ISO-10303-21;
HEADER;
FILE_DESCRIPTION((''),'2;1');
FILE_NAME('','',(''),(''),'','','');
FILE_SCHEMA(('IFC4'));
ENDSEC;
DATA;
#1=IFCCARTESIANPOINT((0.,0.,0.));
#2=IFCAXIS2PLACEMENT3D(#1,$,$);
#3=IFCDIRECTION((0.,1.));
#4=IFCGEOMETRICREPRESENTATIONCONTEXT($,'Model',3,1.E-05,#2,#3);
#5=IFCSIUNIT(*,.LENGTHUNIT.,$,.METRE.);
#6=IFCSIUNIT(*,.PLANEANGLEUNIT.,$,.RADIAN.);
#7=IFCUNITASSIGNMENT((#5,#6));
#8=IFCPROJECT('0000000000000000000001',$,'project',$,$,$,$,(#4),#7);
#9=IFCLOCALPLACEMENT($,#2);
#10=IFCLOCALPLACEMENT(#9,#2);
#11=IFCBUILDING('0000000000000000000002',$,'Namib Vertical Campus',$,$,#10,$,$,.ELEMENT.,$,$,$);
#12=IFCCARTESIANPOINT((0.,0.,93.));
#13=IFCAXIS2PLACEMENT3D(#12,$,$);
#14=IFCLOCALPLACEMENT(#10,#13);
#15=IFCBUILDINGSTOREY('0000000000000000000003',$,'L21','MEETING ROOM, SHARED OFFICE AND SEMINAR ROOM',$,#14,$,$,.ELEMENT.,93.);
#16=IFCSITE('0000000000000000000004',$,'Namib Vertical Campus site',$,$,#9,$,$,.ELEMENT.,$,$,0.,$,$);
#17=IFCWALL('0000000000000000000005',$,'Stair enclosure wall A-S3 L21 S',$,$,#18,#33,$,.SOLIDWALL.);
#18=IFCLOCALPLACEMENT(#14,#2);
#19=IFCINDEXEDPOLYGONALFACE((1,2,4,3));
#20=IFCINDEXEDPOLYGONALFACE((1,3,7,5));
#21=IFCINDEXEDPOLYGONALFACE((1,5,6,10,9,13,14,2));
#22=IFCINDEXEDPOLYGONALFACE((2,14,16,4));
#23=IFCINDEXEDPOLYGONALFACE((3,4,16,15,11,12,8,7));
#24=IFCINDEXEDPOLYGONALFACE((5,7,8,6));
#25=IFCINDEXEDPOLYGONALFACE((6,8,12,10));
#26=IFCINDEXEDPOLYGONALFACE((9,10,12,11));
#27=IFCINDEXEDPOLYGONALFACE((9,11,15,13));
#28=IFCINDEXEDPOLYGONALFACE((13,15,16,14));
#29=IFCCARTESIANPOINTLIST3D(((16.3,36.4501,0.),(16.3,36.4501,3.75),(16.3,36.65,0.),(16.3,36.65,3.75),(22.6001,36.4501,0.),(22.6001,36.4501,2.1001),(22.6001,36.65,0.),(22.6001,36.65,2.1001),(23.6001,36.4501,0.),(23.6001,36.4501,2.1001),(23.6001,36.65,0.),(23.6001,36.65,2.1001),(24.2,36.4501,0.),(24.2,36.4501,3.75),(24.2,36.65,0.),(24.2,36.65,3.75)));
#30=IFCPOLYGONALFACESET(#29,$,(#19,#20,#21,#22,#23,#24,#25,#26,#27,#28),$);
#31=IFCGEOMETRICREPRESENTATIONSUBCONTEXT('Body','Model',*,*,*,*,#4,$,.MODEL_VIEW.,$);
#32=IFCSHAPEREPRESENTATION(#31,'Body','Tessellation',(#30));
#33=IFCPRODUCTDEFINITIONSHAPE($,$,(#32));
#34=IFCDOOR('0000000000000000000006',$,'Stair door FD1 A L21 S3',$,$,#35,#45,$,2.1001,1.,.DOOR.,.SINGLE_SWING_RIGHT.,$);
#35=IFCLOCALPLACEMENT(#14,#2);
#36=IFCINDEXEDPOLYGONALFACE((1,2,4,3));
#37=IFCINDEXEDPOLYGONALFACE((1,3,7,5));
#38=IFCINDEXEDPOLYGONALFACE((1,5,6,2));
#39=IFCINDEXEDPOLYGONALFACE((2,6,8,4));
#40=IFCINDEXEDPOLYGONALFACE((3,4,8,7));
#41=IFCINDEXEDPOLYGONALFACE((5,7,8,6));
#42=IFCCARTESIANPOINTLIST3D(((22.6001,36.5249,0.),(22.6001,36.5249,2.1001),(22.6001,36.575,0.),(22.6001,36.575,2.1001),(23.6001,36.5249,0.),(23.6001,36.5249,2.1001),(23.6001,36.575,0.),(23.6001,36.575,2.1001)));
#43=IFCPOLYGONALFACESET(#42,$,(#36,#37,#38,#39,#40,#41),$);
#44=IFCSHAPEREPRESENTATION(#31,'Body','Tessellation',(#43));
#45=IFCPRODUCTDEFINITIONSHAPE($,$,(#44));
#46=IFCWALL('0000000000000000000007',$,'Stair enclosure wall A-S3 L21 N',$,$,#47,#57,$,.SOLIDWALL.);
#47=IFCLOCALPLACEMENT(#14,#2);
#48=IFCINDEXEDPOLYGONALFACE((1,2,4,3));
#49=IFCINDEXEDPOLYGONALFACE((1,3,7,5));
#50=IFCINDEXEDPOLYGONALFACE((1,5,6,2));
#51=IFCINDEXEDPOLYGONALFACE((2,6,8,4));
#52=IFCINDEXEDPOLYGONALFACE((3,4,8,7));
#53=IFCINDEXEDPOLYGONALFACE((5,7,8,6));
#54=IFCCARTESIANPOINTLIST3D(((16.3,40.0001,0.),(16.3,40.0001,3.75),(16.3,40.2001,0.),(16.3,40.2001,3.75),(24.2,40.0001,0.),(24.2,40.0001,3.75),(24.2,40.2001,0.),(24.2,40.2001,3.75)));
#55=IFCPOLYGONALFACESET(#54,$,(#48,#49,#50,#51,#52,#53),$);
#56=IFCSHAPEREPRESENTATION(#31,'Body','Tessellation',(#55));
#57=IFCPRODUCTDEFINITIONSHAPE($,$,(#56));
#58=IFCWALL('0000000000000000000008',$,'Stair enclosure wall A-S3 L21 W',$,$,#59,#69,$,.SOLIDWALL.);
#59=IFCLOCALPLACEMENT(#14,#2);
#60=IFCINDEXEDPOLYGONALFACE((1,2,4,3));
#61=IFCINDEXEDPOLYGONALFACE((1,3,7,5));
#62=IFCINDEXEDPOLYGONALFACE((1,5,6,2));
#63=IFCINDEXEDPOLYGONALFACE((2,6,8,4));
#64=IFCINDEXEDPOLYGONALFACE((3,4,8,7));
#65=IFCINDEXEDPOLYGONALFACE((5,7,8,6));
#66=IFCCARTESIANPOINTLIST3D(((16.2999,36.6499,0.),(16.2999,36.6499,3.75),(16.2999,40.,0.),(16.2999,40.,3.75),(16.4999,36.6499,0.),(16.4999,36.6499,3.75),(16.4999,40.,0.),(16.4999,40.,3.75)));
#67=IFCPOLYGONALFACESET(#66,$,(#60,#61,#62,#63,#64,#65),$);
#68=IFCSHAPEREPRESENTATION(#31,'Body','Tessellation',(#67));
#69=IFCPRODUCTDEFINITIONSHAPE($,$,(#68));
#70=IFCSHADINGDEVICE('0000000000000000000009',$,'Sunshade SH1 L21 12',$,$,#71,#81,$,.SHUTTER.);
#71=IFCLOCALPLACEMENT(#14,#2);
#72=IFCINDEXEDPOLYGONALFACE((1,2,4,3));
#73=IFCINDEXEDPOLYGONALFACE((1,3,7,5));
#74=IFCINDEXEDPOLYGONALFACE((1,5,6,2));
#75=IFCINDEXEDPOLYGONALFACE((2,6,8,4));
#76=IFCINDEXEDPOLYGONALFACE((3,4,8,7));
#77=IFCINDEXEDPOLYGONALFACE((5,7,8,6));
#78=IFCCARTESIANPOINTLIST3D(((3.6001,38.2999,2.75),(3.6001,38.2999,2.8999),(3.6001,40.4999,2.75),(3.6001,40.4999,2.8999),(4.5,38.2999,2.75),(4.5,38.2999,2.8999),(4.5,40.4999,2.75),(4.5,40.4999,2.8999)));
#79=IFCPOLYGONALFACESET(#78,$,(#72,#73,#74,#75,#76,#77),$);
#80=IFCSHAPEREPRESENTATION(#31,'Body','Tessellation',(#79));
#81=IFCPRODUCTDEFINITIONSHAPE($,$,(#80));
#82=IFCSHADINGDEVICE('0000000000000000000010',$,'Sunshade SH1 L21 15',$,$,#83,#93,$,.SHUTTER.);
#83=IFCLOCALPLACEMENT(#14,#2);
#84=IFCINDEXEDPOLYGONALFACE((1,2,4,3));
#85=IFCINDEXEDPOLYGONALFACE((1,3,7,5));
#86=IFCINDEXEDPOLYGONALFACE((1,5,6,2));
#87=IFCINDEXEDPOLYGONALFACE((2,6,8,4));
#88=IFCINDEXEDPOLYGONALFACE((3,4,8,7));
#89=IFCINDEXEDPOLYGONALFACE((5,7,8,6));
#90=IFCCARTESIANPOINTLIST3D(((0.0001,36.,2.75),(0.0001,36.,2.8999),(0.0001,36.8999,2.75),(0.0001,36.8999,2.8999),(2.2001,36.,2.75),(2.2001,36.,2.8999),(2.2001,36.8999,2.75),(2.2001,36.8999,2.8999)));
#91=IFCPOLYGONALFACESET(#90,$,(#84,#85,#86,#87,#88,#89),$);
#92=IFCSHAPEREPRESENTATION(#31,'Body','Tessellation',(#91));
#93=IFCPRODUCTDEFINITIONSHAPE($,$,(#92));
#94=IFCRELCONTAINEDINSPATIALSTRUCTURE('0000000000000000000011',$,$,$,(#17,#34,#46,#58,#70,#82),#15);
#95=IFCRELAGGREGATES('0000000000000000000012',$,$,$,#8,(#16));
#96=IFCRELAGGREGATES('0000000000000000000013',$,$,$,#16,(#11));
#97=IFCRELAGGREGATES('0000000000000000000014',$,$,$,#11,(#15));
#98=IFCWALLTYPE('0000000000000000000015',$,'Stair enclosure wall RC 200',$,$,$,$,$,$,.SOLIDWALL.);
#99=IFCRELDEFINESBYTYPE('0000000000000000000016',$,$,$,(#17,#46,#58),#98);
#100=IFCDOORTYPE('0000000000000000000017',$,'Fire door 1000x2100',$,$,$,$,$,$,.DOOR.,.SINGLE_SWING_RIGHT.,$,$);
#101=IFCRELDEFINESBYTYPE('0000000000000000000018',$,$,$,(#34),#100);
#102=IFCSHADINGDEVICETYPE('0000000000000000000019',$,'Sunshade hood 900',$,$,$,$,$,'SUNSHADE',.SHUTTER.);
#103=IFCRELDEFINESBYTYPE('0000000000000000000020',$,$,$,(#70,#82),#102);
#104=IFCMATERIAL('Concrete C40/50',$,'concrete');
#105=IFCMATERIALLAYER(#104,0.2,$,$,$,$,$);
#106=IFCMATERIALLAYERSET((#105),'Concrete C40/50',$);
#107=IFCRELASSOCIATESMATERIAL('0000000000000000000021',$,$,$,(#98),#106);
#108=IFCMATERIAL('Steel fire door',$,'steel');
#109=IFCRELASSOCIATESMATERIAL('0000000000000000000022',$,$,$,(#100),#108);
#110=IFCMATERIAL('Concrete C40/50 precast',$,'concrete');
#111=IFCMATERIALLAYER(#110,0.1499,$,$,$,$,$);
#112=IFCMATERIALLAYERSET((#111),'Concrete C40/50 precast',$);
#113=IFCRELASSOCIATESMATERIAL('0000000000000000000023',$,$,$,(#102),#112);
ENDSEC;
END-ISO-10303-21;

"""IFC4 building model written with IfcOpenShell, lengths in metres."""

from ifc_helpers import new_model, si_unit, direction, frame, frame_2d, origin, origin_2d, place, context, subcontext, project, spatial, rectangle, extrude, material, layer, layer_set, type_object, element, fill, save


model = new_model("IFC4")

# Units and contexts
model_context = context("Model", 3, precision=1e-05, world=origin(), true_north=direction((0.0, 1.0)))
body_context = subcontext(model_context, "Body", "Model", "MODEL_VIEW")
ifc_project = project(units=[si_unit("LENGTHUNIT", "METRE"), si_unit("PLANEANGLEUNIT", "RADIAN")], contexts=[model_context])

# Site, building, storey
site_placement = place(None, origin())
site = spatial("IfcSite", under=ifc_project, at=site_placement, Name="Namib Vertical Campus site", CompositionType="ELEMENT", RefElevation=0.0)
building_placement = place(site_placement, origin())
building = spatial("IfcBuilding", under=site, at=building_placement, Name="Namib Vertical Campus", CompositionType="ELEMENT")
storey_placement = place(building_placement, frame((0.0, 0.0, 93.0)))
storey = spatial("IfcBuildingStorey", under=building, at=storey_placement, Name="L21", Description="MEETING ROOM, SHARED OFFICE AND SEMINAR ROOM", CompositionType="ELEMENT", Elevation=93.0)

# Wall, opening, door
ifc_material_1 = material(Name="Concrete C40/50", Category="concrete")
ifc_layer_1 = layer(ifc_material_1, 0.2)
ifc_layer_set_1 = layer_set([ifc_layer_1], Name="Concrete C40/50")
wall_type_1 = type_object("IfcWallType", Name="Stair enclosure wall RC 200", PredefinedType="SOLIDWALL", material=ifc_layer_set_1)
wall_1_placement = place(storey_placement, frame((16.3, 36.55, 0.0), z_axis=(0.0, 0.0, 1.0), x_axis=(1.0, 0.0, 0.0)))
wall_1 = element("IfcWall", 1, at=wall_1_placement, inside=storey, type_object=wall_type_1, Name="Stair enclosure wall A-S3 L21 S", PredefinedType="SOLIDWALL", context=body_context, shape_type="SweptSolid", body=[
    extrude(rectangle(XDim=7.8999, YDim=0.2, at=frame_2d((3.95, 0.0))), origin(), (0.0, 0.0, 1.0), 3.75),
])
opening_1_placement = place(wall_1_placement, frame((6.3, 0.0, 0.0)))
opening_1 = element("IfcOpeningElement", 2, at=opening_1_placement, cuts=wall_1, PredefinedType="OPENING", context=body_context, shape_type="SweptSolid", body=[
    extrude(rectangle(XDim=1.0, YDim=2.1001, at=frame_2d((0.5, 1.05))), frame((0.0, 0.1099, 0.0), z_axis=(0.0, -1.0, 0.0), x_axis=(1.0, 0.0, 0.0)), (0.0, 0.0, 1.0), 0.22),
])
ifc_material_2 = material(Name="Steel fire door", Category="steel")
door_type = type_object("IfcDoorType", Name="Fire door 1000x2100", OperationType="SINGLE_SWING_RIGHT", PredefinedType="DOOR", material=ifc_material_2)
door_placement = place(opening_1_placement, origin())
door = element("IfcDoor", 3, at=door_placement, inside=storey, type_object=door_type, Name="Stair door FD1 A L21 S3", OperationType="SINGLE_SWING_RIGHT", OverallHeight=2.1001, OverallWidth=1.0, PredefinedType="DOOR", context=body_context, shape_type="SweptSolid", body=[
    extrude(rectangle(XDim=1.0, YDim=2.1001, at=frame_2d((0.5, 1.05))), frame((0.0, 0.0249, 0.0), z_axis=(0.0, -1.0, 0.0), x_axis=(1.0, 0.0, 0.0)), (0.0, 0.0, 1.0), 0.05),
])
fill(opening_1, door)

# Walls
wall_2_placement = place(storey_placement, frame((16.3, 40.1001, 0.0), z_axis=(0.0, 0.0, 1.0), x_axis=(1.0, 0.0, 0.0)))
element("IfcWall", 4, at=wall_2_placement, inside=storey, type_object=wall_type_1, Name="Stair enclosure wall A-S3 L21 N", PredefinedType="SOLIDWALL", context=body_context, shape_type="SweptSolid", body=[
    extrude(rectangle(XDim=7.8999, YDim=0.2, at=frame_2d((3.95, 0.0))), origin(), (0.0, 0.0, 1.0), 3.75),
])
wall_3_placement = place(storey_placement, frame((16.3999, 36.6499, 0.0), z_axis=(0.0, 0.0, 1.0), x_axis=(0.0, 1.0, 0.0)))
element("IfcWall", 5, at=wall_3_placement, inside=storey, type_object=wall_type_1, Name="Stair enclosure wall A-S3 L21 W", PredefinedType="SOLIDWALL", context=body_context, shape_type="SweptSolid", body=[
    extrude(rectangle(XDim=3.3501, YDim=0.2, at=frame_2d((1.675, 0.0))), origin(), (0.0, 0.0, 1.0), 3.75),
])

# Shading devices
ifc_material_3 = material(Name="Concrete C40/50 precast", Category="concrete")
ifc_layer_2 = layer(ifc_material_3, 0.1499)
ifc_layer_set_2 = layer_set([ifc_layer_2], Name="Concrete C40/50 precast")
shading_device_type = type_object("IfcShadingDeviceType", Name="Sunshade hood 900", ElementType="SUNSHADE", PredefinedType="SHUTTER", material=ifc_layer_set_2)
for number, where, z_axis, x_axis, name in (
    (6, (4.05, 39.3999, 2.75), (0.0, 0.0, 1.0), (0.0, -1.0, 0.0), "Sunshade SH1 L21 12"),
    (7, (1.1001, 36.45, 2.75), (0.0, 0.0, 1.0), (-1.0, 0.0, 0.0), "Sunshade SH1 L21 15"),
):
    element("IfcShadingDevice", number, at=place(storey_placement, frame(where, z_axis=z_axis, x_axis=x_axis)), inside=storey, type_object=shading_device_type, Name=name, PredefinedType="SHUTTER", context=body_context, shape_type="SweptSolid", body=[
        extrude(rectangle(XDim=2.2, YDim=0.8999, at=origin_2d()), origin(), (0.0, 0.0, 1.0), 0.1499),
    ])

save(model, "model.ifc")
